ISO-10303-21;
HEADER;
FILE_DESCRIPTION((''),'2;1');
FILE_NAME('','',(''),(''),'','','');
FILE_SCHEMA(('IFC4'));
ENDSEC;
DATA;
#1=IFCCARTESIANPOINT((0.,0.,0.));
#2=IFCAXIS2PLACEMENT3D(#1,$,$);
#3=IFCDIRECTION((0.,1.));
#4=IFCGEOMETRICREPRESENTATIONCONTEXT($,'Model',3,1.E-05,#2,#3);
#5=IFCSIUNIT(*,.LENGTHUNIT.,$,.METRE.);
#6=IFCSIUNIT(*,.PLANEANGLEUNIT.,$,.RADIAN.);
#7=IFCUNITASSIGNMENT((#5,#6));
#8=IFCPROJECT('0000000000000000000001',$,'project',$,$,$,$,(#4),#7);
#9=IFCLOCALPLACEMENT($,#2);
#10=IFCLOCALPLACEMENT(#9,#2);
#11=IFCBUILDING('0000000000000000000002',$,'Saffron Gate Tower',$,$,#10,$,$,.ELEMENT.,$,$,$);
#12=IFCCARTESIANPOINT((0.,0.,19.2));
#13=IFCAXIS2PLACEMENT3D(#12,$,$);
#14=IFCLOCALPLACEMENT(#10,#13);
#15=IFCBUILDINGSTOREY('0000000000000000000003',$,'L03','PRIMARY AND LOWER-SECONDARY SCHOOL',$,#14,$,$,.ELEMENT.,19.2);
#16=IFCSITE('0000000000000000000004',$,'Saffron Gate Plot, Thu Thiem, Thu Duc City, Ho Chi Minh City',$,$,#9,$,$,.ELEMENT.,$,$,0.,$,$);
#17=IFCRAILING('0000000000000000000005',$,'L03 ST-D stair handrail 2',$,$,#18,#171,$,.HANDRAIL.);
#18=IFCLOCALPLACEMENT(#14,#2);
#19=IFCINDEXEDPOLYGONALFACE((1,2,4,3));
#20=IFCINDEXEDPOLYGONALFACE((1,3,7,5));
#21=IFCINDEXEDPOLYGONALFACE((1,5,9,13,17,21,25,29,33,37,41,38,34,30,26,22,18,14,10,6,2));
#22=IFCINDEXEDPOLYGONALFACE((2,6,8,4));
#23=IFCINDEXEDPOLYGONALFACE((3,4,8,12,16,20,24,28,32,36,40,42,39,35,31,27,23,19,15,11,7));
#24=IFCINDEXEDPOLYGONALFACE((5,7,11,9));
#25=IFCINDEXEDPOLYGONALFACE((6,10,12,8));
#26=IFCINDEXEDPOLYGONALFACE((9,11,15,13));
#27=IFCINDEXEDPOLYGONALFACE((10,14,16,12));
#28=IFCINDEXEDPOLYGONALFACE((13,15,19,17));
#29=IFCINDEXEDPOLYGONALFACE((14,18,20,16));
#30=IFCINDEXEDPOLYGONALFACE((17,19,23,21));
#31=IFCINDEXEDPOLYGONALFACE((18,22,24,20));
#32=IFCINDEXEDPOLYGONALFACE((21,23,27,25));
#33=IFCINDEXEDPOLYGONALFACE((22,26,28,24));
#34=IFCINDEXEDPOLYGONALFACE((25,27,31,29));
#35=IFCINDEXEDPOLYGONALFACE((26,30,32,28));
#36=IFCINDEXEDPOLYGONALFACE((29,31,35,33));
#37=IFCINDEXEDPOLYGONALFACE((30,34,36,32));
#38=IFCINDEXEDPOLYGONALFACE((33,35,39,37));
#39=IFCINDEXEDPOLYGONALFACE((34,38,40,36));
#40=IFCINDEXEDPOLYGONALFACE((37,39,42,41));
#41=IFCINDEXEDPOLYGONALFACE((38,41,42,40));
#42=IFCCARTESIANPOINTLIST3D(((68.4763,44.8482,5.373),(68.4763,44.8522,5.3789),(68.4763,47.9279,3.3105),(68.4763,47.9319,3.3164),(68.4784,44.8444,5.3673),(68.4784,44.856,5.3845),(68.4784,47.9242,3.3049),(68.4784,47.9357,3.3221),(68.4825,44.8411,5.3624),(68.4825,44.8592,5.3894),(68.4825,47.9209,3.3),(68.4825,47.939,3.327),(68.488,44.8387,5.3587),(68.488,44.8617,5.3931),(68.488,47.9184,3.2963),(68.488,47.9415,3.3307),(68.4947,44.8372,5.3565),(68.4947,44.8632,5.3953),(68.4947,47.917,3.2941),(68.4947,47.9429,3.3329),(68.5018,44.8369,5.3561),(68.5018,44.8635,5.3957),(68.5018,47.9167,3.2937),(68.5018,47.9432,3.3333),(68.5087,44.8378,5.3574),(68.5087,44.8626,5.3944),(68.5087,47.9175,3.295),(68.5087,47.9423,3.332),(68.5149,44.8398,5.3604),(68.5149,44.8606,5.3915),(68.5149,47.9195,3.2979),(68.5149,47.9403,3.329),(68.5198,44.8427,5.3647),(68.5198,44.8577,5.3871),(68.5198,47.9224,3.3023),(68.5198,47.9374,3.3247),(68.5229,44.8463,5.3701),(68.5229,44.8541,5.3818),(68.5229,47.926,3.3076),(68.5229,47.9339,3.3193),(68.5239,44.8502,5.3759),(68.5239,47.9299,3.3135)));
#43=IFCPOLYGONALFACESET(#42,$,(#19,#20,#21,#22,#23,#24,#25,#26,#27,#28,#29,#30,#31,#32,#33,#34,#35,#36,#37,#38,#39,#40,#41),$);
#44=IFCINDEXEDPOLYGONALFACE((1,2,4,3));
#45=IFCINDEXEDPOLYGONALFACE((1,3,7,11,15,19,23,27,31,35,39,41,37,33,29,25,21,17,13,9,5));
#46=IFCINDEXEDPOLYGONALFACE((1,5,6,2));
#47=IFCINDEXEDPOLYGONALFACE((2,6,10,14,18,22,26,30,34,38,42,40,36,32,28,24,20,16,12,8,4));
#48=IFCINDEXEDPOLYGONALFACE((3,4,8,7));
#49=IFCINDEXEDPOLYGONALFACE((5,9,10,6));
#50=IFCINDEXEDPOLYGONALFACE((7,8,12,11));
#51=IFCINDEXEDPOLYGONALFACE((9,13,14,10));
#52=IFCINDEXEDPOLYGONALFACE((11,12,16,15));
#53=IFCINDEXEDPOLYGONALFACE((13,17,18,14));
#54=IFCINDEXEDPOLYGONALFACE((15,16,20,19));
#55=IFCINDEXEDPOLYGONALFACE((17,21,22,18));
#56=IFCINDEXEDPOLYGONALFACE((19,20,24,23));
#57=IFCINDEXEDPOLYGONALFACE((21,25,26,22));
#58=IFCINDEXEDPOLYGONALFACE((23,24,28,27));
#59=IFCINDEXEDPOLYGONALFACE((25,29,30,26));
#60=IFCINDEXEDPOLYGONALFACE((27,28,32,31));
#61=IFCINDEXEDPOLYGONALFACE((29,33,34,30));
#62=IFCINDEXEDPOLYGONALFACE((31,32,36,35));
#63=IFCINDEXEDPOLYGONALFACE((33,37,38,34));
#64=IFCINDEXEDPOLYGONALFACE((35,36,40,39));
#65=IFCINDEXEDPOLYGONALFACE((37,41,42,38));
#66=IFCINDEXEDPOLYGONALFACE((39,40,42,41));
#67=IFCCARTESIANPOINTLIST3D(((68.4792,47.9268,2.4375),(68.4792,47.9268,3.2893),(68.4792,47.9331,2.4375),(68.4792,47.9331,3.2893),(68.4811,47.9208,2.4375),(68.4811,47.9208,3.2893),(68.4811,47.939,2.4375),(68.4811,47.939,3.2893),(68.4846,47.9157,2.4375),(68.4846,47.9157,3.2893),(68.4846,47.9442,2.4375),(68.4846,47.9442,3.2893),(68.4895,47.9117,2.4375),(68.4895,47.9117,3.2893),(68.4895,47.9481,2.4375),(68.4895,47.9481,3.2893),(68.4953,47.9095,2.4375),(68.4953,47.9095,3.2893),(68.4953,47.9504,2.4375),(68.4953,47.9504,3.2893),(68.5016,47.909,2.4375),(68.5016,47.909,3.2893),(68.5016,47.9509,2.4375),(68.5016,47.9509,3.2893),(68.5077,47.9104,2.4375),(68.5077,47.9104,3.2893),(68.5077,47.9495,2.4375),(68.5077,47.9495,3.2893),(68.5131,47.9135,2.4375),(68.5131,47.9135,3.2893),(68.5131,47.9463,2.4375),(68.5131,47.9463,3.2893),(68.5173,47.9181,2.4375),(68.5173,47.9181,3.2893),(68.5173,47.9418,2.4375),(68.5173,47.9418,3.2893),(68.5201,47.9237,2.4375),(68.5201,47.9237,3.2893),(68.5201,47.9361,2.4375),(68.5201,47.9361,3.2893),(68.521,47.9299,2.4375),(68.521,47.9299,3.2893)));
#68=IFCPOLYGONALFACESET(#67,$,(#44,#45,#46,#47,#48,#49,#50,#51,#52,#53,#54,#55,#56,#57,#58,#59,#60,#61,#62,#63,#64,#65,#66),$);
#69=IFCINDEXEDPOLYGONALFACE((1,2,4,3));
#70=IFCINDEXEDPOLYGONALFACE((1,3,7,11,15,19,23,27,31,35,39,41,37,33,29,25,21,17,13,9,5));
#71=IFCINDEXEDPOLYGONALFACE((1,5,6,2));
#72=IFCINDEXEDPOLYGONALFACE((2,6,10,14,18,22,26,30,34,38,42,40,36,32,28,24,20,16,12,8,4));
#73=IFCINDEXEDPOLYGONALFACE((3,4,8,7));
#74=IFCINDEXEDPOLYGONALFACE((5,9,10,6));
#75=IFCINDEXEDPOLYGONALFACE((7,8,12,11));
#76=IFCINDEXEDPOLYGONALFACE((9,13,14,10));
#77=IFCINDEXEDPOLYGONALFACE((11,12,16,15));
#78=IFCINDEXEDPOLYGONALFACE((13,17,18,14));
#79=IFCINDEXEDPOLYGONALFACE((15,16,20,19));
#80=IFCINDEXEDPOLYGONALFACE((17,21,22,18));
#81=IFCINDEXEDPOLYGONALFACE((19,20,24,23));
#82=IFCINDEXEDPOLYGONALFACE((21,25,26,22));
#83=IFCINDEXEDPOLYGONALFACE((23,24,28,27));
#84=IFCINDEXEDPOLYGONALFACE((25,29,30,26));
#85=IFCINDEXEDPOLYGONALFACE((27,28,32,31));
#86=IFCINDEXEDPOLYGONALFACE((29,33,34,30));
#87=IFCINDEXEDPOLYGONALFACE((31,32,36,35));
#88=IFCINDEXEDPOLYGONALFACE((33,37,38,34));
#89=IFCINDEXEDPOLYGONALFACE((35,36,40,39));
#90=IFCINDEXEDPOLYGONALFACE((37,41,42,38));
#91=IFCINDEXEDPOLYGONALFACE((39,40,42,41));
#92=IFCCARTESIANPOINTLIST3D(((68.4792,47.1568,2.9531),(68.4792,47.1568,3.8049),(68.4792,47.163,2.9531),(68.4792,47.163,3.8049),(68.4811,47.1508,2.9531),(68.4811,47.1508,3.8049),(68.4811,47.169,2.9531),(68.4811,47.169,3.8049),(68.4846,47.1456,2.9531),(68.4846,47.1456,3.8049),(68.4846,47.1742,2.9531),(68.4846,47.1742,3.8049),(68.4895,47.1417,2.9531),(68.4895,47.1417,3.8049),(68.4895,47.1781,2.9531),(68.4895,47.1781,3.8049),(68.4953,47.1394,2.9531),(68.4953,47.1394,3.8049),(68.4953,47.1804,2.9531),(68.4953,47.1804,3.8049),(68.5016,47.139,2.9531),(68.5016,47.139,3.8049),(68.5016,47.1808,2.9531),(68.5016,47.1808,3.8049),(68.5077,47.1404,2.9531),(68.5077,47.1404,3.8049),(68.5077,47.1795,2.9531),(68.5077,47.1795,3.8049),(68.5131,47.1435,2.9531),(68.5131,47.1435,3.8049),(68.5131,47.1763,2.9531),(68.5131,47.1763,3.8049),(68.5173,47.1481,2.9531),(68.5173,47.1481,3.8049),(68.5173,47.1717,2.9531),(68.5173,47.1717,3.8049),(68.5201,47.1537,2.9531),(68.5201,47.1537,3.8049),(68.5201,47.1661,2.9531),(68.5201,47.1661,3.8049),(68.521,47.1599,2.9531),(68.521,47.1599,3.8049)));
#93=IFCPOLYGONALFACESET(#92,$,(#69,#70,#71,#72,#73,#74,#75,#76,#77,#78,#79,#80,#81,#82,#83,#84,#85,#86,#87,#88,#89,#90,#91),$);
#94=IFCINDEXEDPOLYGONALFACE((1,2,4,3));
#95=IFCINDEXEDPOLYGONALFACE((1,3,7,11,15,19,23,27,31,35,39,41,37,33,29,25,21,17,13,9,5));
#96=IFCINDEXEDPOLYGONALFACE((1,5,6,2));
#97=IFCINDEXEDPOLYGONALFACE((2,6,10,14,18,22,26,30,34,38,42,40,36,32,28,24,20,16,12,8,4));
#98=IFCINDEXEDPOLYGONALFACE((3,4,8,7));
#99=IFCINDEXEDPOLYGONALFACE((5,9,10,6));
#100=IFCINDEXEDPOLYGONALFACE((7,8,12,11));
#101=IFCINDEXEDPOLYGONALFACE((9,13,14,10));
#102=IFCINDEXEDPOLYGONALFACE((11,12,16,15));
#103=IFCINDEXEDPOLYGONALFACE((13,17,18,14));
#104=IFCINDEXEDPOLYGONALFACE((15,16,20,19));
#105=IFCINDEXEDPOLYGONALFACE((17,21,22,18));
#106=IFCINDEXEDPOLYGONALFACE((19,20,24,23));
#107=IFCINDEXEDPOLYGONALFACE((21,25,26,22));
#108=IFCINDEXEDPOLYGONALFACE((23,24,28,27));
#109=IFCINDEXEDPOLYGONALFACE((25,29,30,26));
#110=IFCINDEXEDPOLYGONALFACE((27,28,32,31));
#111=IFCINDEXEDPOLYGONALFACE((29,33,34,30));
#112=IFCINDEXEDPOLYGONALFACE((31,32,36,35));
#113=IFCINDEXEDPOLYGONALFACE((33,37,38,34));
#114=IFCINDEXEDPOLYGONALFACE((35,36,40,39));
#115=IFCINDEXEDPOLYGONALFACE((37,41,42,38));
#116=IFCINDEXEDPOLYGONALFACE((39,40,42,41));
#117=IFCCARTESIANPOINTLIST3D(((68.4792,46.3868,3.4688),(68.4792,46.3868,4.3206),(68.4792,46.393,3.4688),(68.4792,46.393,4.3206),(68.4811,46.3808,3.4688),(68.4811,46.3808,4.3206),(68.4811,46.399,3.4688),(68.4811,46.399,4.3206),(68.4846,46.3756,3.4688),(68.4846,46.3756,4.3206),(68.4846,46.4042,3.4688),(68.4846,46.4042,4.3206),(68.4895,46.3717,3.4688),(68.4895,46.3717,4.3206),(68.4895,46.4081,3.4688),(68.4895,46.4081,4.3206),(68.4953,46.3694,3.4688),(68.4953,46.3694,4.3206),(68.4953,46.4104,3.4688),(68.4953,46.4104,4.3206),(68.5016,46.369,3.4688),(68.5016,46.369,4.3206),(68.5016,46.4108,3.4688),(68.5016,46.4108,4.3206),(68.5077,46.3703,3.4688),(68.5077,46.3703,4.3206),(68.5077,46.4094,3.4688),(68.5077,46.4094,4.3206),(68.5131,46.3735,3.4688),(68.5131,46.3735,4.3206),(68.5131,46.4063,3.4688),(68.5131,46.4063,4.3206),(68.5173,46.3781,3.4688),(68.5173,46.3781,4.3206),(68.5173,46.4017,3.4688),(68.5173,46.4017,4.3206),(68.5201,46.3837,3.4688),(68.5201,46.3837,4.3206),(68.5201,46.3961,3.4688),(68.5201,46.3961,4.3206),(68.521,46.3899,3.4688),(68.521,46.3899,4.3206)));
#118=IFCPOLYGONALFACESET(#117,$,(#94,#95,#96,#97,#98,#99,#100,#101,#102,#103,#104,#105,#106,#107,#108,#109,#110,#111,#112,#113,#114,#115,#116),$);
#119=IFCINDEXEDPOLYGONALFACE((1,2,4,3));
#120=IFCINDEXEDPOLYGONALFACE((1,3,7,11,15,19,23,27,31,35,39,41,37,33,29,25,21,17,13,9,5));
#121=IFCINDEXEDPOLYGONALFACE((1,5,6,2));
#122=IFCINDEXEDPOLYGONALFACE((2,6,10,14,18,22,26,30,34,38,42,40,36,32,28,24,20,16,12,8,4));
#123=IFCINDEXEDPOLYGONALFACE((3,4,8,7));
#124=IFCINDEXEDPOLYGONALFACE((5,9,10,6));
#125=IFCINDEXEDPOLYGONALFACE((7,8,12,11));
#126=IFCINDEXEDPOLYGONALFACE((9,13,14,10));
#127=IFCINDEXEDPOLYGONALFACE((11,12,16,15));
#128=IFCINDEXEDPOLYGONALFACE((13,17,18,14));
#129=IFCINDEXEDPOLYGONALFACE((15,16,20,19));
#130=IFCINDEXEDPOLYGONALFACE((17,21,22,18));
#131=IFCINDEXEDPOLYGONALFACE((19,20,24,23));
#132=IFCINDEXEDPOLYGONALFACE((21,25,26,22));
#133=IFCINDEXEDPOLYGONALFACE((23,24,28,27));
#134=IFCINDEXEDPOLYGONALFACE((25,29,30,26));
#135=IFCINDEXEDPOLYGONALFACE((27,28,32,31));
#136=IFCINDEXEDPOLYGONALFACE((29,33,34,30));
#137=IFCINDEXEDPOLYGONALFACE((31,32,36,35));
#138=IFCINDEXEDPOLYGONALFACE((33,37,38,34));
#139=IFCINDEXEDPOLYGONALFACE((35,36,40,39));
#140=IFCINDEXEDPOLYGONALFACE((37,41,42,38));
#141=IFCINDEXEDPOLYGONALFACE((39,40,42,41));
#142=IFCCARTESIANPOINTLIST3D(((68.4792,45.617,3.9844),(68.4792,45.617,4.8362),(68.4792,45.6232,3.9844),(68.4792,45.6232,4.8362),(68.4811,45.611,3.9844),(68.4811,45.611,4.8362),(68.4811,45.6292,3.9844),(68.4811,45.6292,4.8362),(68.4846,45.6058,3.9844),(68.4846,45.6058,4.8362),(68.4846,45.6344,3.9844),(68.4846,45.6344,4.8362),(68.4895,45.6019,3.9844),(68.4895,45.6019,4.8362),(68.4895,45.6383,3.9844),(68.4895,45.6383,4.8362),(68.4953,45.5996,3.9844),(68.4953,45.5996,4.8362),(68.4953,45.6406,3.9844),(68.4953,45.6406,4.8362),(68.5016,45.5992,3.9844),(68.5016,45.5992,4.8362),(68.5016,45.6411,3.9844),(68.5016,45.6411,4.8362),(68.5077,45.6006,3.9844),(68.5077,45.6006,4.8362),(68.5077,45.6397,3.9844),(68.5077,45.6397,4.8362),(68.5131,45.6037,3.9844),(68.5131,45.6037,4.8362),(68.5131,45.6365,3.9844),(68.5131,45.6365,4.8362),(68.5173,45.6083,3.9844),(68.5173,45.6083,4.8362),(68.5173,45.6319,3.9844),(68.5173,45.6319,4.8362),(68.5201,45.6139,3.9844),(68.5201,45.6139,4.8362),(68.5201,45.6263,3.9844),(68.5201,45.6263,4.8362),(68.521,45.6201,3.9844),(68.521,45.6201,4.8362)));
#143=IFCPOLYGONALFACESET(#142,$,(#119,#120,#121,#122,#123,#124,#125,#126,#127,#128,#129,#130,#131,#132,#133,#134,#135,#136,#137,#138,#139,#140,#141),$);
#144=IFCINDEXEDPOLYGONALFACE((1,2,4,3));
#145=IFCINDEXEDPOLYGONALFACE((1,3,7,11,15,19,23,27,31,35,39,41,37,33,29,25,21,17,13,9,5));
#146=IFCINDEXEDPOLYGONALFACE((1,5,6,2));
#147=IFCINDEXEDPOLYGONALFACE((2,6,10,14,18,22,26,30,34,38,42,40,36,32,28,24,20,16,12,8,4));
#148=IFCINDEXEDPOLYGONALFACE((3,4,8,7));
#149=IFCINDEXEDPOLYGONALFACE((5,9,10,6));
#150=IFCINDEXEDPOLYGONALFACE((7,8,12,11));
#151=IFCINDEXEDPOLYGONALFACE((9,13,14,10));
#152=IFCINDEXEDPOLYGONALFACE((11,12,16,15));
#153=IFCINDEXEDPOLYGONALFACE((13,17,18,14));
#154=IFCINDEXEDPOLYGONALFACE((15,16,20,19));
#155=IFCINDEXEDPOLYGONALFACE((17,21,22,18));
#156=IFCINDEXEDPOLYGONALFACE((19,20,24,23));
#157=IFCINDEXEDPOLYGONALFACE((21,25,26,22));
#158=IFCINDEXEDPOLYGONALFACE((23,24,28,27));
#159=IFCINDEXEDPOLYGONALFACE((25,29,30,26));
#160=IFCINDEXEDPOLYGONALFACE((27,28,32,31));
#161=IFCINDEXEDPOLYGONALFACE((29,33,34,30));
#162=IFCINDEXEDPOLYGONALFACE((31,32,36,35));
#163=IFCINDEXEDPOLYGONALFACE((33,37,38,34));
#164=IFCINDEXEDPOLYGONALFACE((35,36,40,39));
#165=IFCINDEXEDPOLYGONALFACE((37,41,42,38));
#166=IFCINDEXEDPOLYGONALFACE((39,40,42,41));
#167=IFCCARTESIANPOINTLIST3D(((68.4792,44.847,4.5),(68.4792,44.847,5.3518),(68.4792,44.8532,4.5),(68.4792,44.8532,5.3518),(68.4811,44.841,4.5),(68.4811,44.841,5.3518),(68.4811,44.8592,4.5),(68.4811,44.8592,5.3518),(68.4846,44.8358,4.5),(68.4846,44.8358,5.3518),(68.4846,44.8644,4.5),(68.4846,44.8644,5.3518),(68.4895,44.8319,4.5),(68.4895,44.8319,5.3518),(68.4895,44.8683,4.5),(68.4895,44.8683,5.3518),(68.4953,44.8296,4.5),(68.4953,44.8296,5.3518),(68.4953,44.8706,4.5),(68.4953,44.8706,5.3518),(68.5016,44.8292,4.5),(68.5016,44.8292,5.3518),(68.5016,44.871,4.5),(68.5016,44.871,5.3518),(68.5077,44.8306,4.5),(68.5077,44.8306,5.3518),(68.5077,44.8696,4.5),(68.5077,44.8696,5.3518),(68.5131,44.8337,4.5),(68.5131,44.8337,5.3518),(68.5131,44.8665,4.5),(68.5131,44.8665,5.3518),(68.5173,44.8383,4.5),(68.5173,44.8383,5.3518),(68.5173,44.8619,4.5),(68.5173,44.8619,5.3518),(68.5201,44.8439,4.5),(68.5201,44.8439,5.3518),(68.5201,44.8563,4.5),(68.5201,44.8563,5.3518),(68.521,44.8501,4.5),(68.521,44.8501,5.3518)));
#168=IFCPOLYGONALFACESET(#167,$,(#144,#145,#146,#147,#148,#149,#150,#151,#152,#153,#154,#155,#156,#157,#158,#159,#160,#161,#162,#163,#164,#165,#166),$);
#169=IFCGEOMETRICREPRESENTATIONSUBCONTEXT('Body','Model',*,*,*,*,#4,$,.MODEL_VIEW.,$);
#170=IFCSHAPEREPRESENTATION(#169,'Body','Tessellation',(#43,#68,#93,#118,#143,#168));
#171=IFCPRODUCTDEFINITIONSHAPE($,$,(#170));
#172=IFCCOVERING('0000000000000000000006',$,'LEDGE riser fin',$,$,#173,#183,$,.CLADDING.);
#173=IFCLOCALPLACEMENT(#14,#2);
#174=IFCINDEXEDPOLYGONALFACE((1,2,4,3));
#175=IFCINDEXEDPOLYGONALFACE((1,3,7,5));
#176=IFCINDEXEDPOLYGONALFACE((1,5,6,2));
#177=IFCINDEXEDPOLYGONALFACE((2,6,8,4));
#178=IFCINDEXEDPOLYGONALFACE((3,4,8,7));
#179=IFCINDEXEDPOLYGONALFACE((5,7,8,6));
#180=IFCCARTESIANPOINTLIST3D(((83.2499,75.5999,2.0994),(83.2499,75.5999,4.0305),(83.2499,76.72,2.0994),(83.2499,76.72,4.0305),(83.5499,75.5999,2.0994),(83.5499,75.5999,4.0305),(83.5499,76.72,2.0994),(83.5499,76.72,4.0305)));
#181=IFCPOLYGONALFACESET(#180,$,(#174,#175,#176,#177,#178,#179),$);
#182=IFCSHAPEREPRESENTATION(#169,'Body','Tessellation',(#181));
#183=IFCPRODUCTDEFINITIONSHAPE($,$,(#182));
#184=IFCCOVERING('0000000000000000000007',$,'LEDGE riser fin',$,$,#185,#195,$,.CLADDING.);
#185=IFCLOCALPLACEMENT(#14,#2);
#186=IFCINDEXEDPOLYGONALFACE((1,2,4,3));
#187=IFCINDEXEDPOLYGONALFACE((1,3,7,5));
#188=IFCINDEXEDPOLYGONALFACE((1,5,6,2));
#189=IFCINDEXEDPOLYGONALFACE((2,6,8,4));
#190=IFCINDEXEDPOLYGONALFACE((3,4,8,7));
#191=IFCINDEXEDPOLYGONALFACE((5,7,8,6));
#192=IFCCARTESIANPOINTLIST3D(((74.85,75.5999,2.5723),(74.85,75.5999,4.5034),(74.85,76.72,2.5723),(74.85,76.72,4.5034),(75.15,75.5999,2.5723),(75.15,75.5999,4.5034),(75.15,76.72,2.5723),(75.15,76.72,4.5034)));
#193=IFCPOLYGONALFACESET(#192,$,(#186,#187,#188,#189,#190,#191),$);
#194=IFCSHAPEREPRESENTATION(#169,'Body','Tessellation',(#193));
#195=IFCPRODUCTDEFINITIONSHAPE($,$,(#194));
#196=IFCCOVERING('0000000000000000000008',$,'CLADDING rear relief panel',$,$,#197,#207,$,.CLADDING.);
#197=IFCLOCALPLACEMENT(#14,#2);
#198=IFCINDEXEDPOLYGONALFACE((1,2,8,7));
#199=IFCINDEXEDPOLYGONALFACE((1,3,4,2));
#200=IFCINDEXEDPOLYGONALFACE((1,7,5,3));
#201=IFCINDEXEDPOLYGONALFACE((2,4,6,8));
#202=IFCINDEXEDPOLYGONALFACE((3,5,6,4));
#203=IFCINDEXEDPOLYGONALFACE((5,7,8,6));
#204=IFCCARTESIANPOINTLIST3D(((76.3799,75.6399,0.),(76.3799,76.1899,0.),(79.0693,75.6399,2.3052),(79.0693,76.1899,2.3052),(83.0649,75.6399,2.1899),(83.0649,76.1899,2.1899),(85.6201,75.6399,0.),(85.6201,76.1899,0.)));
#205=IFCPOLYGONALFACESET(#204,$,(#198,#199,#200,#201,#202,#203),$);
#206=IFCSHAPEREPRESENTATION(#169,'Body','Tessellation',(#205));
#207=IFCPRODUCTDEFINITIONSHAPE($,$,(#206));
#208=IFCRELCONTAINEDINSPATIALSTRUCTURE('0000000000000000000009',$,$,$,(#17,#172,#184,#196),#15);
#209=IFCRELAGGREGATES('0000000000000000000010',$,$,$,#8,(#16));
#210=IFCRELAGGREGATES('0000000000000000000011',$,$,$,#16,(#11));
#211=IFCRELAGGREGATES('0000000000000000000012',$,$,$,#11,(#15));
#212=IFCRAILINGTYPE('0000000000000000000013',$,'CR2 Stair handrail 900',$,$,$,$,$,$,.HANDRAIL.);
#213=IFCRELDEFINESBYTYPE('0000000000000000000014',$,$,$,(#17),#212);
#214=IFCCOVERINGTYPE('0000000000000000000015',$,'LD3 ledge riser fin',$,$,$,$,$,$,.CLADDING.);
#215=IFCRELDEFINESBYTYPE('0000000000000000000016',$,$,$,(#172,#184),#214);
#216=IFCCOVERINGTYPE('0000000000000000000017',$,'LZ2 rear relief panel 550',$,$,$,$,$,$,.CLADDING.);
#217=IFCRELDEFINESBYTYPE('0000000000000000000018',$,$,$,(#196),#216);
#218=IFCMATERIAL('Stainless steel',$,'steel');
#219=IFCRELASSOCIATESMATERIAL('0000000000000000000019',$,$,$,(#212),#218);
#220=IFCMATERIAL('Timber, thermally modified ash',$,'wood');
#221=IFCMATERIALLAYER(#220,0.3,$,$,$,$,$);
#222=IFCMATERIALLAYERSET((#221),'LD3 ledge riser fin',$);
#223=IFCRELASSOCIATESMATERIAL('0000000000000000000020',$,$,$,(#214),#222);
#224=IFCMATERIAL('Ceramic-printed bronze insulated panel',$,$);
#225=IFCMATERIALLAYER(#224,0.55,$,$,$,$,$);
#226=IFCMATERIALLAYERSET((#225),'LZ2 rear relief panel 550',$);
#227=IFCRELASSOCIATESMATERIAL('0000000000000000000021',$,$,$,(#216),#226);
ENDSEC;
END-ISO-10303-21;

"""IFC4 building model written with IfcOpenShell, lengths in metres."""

from ifc_helpers import new_model, si_unit, direction, frame, origin, origin_2d, place, context, subcontext, project, spatial, polyline, rectangle, circle, outline, extrude, material, layer, layer_set, type_object, element, save


model = new_model("IFC4")

# Units and contexts
model_context = context("Model", 3, precision=1e-05, world=origin(), true_north=direction((0.0, 1.0)))
body_context = subcontext(model_context, "Body", "Model", "MODEL_VIEW")
ifc_project = project(units=[si_unit("LENGTHUNIT", "METRE"), si_unit("PLANEANGLEUNIT", "RADIAN")], contexts=[model_context])

# Site, building, storey
site_placement = place(None, origin())
site = spatial("IfcSite", under=ifc_project, at=site_placement, Name="Saffron Gate Plot, Thu Thiem, Thu Duc City, Ho Chi Minh City", CompositionType="ELEMENT", RefElevation=0.0)
building_placement = place(site_placement, origin())
building = spatial("IfcBuilding", under=site, at=building_placement, Name="Saffron Gate Tower", CompositionType="ELEMENT")
storey_placement = place(building_placement, frame((0.0, 0.0, 19.2)))
storey = spatial("IfcBuildingStorey", under=building, at=storey_placement, Name="L03", Description="PRIMARY AND LOWER-SECONDARY SCHOOL", CompositionType="ELEMENT", Elevation=19.2)

# Railing
ifc_material_1 = material(Name="Stainless steel", Category="steel")
railing_type_1 = type_object("IfcRailingType", Name="CR2 Stair handrail 900", PredefinedType="HANDRAIL", material=ifc_material_1)
railing_1_placement = place(storey_placement, frame((68.5, 47.9299, 2.4375)))
element("IfcRailing", 1, at=railing_1_placement, inside=storey, type_object=railing_type_1, Name="L03 ST-D stair handrail 2", PredefinedType="HANDRAIL", context=body_context, shape_type="SweptSolid", body=[
    extrude(circle(Radius=0.0239, at=origin_2d()), frame((0.0, 0.0, 0.876), z_axis=(0.0, -0.830893, 0.556432), x_axis=(1.0, 0.0, 0.0)), (0.0, 0.0, 1.0), 3.7065),
    extrude(circle(Radius=0.021, at=origin_2d()), origin(), (0.0, 0.0, 1.0), 0.8518),
    extrude(circle(Radius=0.021, at=origin_2d()), frame((0.0, -0.77, 0.5156)), (0.0, 0.0, 1.0), 0.8518),
    extrude(circle(Radius=0.021, at=origin_2d()), frame((0.0, -1.54, 1.0312)), (0.0, 0.0, 1.0), 0.8518),
    extrude(circle(Radius=0.021, at=origin_2d()), frame((0.0, -2.3098, 1.5469)), (0.0, 0.0, 1.0), 0.8518),
    extrude(circle(Radius=0.021, at=origin_2d()), frame((0.0, -3.0798, 2.0625)), (0.0, 0.0, 1.0), 0.8518),
])

# Coverings
ifc_material_2 = material(Name="Timber, thermally modified ash", Category="wood")
ifc_layer_1 = layer(ifc_material_2, 0.3)
ifc_layer_set_1 = layer_set([ifc_layer_1], Name="LD3 ledge riser fin")
covering_type_1 = type_object("IfcCoveringType", Name="LD3 ledge riser fin", PredefinedType="CLADDING", material=ifc_layer_set_1)
for number, where, z_axis, x_axis, name in (
    (2, (83.3999, 76.1599, 2.0994), (0.0, 0.0, 1.0), (-1.0, 0.0, 0.0), "LEDGE riser fin"),
    (3, (75.0, 76.1599, 2.5723), (0.0, 0.0, 1.0), (-1.0, 0.0, 0.0), "LEDGE riser fin"),
):
    element("IfcCovering", number, at=place(storey_placement, frame(where, z_axis=z_axis, x_axis=x_axis)), inside=storey, type_object=covering_type_1, Name=name, PredefinedType="CLADDING", context=body_context, shape_type="SweptSolid", body=[
        extrude(rectangle(XDim=0.3, YDim=1.1201, at=origin_2d()), origin(), (0.0, 0.0, 1.0), 1.9312),
    ])
ifc_material_3 = material(Name="Ceramic-printed bronze insulated panel")
ifc_layer_2 = layer(ifc_material_3, 0.55)
ifc_layer_set_2 = layer_set([ifc_layer_2], Name="LZ2 rear relief panel 550")
covering_type_2 = type_object("IfcCoveringType", Name="LZ2 rear relief panel 550", PredefinedType="CLADDING", material=ifc_layer_set_2)
covering_placement = place(storey_placement, frame((79.0693, 76.1899, 2.3052), z_axis=(0.0, 1.0, 0.0), x_axis=(0.999584, 0.0, -0.028828)))
element("IfcCovering", 4, at=covering_placement, inside=storey, type_object=covering_type_2, Name="CLADDING rear relief panel", PredefinedType="CLADDING", context=body_context, shape_type="SweptSolid", body=[
    extrude(outline(polyline([(0.0, 0.0), (3.9973, 0.0), (6.6145, 2.1154), (-2.6219, 2.3818), (0.0, 0.0)])), origin(), (0.0, 0.0, -1.0), 0.55),
])

save(model, "model.ifc")
